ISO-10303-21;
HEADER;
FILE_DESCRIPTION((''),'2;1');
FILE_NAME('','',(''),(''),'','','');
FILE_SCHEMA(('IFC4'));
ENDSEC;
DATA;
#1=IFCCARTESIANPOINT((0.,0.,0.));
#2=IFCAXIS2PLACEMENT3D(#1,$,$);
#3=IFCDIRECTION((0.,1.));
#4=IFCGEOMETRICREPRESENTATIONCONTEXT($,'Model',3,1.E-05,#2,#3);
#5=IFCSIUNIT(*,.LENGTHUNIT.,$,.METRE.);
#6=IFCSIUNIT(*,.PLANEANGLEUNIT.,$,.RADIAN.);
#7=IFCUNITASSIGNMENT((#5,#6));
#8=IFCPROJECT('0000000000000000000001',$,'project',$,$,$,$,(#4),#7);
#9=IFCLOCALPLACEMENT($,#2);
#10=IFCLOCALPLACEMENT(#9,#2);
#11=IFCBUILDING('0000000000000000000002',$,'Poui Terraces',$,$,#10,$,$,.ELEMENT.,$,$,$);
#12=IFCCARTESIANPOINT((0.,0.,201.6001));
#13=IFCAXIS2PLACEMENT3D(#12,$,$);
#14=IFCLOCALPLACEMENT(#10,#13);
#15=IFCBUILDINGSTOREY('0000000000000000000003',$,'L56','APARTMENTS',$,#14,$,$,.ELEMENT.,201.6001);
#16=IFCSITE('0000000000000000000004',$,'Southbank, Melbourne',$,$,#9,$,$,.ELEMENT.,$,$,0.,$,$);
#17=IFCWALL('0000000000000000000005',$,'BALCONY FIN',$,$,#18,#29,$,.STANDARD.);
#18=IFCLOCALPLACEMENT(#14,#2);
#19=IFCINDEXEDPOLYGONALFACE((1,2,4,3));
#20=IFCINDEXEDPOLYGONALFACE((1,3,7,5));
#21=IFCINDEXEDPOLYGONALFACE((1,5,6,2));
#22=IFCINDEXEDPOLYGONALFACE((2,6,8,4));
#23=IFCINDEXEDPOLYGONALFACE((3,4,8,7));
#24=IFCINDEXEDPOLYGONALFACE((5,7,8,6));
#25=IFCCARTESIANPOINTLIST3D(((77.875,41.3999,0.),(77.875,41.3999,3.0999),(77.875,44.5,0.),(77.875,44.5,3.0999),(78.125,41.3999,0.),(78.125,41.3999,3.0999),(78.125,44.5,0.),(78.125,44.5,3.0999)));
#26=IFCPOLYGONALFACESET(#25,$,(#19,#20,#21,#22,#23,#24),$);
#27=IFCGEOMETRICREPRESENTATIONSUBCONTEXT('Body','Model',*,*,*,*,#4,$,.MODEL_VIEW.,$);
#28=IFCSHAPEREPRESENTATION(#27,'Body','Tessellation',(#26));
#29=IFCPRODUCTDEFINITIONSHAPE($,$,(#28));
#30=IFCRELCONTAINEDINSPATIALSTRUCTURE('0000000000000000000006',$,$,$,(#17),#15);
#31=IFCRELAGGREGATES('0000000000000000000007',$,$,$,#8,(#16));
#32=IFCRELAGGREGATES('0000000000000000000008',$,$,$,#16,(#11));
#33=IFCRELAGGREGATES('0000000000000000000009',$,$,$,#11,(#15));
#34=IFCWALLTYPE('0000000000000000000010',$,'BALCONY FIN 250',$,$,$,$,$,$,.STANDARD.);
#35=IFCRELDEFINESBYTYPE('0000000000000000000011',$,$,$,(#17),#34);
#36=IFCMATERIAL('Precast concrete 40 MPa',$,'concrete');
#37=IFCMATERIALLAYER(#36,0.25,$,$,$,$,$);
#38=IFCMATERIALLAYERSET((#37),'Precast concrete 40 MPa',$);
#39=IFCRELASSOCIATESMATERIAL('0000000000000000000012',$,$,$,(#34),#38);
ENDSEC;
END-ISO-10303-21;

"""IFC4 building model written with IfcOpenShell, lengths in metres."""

from ifc_helpers import new_model, si_unit, direction, frame, origin, place, context, subcontext, project, spatial, polyline, outline, extrude, source, transform, mapped, material, layer, layer_set, type_object, element, save


model = new_model("IFC4")

# Units and contexts
model_context = context("Model", 3, precision=1e-05, world=origin(), true_north=direction((0.0, 1.0)))
body_context = subcontext(model_context, "Body", "Model", "MODEL_VIEW")
ifc_project = project(units=[si_unit("LENGTHUNIT", "METRE"), si_unit("PLANEANGLEUNIT", "RADIAN")], contexts=[model_context])

# Site, building, storey
site_placement = place(None, origin())
site = spatial("IfcSite", under=ifc_project, at=site_placement, Name="Southbank, Melbourne", CompositionType="ELEMENT", RefElevation=0.0)
building_placement = place(site_placement, origin())
building = spatial("IfcBuilding", under=site, at=building_placement, Name="Poui Terraces", CompositionType="ELEMENT")
storey_placement = place(building_placement, frame((0.0, 0.0, 201.6001)))
storey = spatial("IfcBuildingStorey", under=building, at=storey_placement, Name="L56", Description="APARTMENTS", CompositionType="ELEMENT", Elevation=201.6001)

# Wall
ifc_material_1 = material(Name="Precast concrete 40 MPa", Category="concrete")
ifc_layer = layer(ifc_material_1, 0.25)
ifc_layer_set = layer_set([ifc_layer], Name="Precast concrete 40 MPa")
wall_type = type_object("IfcWallType", Name="BALCONY FIN 250", PredefinedType="STANDARD", material=ifc_layer_set)
shared_shape_1 = source(origin(), body_context, "Body", "SweptSolid", [
    extrude(outline(polyline([(0.0, 0.0), (0.25, 0.0), (0.25, 3.1001), (0.0, 3.1001), (0.0, 0.0)])), origin(), (0.0, 0.0, 1.0), 3.0999),
])
wall_placement = place(storey_placement, frame((77.875, 41.3999, 0.0)))
element("IfcWall", 1, at=wall_placement, inside=storey, type_object=wall_type, Name="BALCONY FIN", PredefinedType="STANDARD", context=body_context, shape_type="MappedRepresentation", body=[
    mapped(shared_shape_1, transform((0.0, 0.0, 0.0))),
])

save(model, "model.ifc")
